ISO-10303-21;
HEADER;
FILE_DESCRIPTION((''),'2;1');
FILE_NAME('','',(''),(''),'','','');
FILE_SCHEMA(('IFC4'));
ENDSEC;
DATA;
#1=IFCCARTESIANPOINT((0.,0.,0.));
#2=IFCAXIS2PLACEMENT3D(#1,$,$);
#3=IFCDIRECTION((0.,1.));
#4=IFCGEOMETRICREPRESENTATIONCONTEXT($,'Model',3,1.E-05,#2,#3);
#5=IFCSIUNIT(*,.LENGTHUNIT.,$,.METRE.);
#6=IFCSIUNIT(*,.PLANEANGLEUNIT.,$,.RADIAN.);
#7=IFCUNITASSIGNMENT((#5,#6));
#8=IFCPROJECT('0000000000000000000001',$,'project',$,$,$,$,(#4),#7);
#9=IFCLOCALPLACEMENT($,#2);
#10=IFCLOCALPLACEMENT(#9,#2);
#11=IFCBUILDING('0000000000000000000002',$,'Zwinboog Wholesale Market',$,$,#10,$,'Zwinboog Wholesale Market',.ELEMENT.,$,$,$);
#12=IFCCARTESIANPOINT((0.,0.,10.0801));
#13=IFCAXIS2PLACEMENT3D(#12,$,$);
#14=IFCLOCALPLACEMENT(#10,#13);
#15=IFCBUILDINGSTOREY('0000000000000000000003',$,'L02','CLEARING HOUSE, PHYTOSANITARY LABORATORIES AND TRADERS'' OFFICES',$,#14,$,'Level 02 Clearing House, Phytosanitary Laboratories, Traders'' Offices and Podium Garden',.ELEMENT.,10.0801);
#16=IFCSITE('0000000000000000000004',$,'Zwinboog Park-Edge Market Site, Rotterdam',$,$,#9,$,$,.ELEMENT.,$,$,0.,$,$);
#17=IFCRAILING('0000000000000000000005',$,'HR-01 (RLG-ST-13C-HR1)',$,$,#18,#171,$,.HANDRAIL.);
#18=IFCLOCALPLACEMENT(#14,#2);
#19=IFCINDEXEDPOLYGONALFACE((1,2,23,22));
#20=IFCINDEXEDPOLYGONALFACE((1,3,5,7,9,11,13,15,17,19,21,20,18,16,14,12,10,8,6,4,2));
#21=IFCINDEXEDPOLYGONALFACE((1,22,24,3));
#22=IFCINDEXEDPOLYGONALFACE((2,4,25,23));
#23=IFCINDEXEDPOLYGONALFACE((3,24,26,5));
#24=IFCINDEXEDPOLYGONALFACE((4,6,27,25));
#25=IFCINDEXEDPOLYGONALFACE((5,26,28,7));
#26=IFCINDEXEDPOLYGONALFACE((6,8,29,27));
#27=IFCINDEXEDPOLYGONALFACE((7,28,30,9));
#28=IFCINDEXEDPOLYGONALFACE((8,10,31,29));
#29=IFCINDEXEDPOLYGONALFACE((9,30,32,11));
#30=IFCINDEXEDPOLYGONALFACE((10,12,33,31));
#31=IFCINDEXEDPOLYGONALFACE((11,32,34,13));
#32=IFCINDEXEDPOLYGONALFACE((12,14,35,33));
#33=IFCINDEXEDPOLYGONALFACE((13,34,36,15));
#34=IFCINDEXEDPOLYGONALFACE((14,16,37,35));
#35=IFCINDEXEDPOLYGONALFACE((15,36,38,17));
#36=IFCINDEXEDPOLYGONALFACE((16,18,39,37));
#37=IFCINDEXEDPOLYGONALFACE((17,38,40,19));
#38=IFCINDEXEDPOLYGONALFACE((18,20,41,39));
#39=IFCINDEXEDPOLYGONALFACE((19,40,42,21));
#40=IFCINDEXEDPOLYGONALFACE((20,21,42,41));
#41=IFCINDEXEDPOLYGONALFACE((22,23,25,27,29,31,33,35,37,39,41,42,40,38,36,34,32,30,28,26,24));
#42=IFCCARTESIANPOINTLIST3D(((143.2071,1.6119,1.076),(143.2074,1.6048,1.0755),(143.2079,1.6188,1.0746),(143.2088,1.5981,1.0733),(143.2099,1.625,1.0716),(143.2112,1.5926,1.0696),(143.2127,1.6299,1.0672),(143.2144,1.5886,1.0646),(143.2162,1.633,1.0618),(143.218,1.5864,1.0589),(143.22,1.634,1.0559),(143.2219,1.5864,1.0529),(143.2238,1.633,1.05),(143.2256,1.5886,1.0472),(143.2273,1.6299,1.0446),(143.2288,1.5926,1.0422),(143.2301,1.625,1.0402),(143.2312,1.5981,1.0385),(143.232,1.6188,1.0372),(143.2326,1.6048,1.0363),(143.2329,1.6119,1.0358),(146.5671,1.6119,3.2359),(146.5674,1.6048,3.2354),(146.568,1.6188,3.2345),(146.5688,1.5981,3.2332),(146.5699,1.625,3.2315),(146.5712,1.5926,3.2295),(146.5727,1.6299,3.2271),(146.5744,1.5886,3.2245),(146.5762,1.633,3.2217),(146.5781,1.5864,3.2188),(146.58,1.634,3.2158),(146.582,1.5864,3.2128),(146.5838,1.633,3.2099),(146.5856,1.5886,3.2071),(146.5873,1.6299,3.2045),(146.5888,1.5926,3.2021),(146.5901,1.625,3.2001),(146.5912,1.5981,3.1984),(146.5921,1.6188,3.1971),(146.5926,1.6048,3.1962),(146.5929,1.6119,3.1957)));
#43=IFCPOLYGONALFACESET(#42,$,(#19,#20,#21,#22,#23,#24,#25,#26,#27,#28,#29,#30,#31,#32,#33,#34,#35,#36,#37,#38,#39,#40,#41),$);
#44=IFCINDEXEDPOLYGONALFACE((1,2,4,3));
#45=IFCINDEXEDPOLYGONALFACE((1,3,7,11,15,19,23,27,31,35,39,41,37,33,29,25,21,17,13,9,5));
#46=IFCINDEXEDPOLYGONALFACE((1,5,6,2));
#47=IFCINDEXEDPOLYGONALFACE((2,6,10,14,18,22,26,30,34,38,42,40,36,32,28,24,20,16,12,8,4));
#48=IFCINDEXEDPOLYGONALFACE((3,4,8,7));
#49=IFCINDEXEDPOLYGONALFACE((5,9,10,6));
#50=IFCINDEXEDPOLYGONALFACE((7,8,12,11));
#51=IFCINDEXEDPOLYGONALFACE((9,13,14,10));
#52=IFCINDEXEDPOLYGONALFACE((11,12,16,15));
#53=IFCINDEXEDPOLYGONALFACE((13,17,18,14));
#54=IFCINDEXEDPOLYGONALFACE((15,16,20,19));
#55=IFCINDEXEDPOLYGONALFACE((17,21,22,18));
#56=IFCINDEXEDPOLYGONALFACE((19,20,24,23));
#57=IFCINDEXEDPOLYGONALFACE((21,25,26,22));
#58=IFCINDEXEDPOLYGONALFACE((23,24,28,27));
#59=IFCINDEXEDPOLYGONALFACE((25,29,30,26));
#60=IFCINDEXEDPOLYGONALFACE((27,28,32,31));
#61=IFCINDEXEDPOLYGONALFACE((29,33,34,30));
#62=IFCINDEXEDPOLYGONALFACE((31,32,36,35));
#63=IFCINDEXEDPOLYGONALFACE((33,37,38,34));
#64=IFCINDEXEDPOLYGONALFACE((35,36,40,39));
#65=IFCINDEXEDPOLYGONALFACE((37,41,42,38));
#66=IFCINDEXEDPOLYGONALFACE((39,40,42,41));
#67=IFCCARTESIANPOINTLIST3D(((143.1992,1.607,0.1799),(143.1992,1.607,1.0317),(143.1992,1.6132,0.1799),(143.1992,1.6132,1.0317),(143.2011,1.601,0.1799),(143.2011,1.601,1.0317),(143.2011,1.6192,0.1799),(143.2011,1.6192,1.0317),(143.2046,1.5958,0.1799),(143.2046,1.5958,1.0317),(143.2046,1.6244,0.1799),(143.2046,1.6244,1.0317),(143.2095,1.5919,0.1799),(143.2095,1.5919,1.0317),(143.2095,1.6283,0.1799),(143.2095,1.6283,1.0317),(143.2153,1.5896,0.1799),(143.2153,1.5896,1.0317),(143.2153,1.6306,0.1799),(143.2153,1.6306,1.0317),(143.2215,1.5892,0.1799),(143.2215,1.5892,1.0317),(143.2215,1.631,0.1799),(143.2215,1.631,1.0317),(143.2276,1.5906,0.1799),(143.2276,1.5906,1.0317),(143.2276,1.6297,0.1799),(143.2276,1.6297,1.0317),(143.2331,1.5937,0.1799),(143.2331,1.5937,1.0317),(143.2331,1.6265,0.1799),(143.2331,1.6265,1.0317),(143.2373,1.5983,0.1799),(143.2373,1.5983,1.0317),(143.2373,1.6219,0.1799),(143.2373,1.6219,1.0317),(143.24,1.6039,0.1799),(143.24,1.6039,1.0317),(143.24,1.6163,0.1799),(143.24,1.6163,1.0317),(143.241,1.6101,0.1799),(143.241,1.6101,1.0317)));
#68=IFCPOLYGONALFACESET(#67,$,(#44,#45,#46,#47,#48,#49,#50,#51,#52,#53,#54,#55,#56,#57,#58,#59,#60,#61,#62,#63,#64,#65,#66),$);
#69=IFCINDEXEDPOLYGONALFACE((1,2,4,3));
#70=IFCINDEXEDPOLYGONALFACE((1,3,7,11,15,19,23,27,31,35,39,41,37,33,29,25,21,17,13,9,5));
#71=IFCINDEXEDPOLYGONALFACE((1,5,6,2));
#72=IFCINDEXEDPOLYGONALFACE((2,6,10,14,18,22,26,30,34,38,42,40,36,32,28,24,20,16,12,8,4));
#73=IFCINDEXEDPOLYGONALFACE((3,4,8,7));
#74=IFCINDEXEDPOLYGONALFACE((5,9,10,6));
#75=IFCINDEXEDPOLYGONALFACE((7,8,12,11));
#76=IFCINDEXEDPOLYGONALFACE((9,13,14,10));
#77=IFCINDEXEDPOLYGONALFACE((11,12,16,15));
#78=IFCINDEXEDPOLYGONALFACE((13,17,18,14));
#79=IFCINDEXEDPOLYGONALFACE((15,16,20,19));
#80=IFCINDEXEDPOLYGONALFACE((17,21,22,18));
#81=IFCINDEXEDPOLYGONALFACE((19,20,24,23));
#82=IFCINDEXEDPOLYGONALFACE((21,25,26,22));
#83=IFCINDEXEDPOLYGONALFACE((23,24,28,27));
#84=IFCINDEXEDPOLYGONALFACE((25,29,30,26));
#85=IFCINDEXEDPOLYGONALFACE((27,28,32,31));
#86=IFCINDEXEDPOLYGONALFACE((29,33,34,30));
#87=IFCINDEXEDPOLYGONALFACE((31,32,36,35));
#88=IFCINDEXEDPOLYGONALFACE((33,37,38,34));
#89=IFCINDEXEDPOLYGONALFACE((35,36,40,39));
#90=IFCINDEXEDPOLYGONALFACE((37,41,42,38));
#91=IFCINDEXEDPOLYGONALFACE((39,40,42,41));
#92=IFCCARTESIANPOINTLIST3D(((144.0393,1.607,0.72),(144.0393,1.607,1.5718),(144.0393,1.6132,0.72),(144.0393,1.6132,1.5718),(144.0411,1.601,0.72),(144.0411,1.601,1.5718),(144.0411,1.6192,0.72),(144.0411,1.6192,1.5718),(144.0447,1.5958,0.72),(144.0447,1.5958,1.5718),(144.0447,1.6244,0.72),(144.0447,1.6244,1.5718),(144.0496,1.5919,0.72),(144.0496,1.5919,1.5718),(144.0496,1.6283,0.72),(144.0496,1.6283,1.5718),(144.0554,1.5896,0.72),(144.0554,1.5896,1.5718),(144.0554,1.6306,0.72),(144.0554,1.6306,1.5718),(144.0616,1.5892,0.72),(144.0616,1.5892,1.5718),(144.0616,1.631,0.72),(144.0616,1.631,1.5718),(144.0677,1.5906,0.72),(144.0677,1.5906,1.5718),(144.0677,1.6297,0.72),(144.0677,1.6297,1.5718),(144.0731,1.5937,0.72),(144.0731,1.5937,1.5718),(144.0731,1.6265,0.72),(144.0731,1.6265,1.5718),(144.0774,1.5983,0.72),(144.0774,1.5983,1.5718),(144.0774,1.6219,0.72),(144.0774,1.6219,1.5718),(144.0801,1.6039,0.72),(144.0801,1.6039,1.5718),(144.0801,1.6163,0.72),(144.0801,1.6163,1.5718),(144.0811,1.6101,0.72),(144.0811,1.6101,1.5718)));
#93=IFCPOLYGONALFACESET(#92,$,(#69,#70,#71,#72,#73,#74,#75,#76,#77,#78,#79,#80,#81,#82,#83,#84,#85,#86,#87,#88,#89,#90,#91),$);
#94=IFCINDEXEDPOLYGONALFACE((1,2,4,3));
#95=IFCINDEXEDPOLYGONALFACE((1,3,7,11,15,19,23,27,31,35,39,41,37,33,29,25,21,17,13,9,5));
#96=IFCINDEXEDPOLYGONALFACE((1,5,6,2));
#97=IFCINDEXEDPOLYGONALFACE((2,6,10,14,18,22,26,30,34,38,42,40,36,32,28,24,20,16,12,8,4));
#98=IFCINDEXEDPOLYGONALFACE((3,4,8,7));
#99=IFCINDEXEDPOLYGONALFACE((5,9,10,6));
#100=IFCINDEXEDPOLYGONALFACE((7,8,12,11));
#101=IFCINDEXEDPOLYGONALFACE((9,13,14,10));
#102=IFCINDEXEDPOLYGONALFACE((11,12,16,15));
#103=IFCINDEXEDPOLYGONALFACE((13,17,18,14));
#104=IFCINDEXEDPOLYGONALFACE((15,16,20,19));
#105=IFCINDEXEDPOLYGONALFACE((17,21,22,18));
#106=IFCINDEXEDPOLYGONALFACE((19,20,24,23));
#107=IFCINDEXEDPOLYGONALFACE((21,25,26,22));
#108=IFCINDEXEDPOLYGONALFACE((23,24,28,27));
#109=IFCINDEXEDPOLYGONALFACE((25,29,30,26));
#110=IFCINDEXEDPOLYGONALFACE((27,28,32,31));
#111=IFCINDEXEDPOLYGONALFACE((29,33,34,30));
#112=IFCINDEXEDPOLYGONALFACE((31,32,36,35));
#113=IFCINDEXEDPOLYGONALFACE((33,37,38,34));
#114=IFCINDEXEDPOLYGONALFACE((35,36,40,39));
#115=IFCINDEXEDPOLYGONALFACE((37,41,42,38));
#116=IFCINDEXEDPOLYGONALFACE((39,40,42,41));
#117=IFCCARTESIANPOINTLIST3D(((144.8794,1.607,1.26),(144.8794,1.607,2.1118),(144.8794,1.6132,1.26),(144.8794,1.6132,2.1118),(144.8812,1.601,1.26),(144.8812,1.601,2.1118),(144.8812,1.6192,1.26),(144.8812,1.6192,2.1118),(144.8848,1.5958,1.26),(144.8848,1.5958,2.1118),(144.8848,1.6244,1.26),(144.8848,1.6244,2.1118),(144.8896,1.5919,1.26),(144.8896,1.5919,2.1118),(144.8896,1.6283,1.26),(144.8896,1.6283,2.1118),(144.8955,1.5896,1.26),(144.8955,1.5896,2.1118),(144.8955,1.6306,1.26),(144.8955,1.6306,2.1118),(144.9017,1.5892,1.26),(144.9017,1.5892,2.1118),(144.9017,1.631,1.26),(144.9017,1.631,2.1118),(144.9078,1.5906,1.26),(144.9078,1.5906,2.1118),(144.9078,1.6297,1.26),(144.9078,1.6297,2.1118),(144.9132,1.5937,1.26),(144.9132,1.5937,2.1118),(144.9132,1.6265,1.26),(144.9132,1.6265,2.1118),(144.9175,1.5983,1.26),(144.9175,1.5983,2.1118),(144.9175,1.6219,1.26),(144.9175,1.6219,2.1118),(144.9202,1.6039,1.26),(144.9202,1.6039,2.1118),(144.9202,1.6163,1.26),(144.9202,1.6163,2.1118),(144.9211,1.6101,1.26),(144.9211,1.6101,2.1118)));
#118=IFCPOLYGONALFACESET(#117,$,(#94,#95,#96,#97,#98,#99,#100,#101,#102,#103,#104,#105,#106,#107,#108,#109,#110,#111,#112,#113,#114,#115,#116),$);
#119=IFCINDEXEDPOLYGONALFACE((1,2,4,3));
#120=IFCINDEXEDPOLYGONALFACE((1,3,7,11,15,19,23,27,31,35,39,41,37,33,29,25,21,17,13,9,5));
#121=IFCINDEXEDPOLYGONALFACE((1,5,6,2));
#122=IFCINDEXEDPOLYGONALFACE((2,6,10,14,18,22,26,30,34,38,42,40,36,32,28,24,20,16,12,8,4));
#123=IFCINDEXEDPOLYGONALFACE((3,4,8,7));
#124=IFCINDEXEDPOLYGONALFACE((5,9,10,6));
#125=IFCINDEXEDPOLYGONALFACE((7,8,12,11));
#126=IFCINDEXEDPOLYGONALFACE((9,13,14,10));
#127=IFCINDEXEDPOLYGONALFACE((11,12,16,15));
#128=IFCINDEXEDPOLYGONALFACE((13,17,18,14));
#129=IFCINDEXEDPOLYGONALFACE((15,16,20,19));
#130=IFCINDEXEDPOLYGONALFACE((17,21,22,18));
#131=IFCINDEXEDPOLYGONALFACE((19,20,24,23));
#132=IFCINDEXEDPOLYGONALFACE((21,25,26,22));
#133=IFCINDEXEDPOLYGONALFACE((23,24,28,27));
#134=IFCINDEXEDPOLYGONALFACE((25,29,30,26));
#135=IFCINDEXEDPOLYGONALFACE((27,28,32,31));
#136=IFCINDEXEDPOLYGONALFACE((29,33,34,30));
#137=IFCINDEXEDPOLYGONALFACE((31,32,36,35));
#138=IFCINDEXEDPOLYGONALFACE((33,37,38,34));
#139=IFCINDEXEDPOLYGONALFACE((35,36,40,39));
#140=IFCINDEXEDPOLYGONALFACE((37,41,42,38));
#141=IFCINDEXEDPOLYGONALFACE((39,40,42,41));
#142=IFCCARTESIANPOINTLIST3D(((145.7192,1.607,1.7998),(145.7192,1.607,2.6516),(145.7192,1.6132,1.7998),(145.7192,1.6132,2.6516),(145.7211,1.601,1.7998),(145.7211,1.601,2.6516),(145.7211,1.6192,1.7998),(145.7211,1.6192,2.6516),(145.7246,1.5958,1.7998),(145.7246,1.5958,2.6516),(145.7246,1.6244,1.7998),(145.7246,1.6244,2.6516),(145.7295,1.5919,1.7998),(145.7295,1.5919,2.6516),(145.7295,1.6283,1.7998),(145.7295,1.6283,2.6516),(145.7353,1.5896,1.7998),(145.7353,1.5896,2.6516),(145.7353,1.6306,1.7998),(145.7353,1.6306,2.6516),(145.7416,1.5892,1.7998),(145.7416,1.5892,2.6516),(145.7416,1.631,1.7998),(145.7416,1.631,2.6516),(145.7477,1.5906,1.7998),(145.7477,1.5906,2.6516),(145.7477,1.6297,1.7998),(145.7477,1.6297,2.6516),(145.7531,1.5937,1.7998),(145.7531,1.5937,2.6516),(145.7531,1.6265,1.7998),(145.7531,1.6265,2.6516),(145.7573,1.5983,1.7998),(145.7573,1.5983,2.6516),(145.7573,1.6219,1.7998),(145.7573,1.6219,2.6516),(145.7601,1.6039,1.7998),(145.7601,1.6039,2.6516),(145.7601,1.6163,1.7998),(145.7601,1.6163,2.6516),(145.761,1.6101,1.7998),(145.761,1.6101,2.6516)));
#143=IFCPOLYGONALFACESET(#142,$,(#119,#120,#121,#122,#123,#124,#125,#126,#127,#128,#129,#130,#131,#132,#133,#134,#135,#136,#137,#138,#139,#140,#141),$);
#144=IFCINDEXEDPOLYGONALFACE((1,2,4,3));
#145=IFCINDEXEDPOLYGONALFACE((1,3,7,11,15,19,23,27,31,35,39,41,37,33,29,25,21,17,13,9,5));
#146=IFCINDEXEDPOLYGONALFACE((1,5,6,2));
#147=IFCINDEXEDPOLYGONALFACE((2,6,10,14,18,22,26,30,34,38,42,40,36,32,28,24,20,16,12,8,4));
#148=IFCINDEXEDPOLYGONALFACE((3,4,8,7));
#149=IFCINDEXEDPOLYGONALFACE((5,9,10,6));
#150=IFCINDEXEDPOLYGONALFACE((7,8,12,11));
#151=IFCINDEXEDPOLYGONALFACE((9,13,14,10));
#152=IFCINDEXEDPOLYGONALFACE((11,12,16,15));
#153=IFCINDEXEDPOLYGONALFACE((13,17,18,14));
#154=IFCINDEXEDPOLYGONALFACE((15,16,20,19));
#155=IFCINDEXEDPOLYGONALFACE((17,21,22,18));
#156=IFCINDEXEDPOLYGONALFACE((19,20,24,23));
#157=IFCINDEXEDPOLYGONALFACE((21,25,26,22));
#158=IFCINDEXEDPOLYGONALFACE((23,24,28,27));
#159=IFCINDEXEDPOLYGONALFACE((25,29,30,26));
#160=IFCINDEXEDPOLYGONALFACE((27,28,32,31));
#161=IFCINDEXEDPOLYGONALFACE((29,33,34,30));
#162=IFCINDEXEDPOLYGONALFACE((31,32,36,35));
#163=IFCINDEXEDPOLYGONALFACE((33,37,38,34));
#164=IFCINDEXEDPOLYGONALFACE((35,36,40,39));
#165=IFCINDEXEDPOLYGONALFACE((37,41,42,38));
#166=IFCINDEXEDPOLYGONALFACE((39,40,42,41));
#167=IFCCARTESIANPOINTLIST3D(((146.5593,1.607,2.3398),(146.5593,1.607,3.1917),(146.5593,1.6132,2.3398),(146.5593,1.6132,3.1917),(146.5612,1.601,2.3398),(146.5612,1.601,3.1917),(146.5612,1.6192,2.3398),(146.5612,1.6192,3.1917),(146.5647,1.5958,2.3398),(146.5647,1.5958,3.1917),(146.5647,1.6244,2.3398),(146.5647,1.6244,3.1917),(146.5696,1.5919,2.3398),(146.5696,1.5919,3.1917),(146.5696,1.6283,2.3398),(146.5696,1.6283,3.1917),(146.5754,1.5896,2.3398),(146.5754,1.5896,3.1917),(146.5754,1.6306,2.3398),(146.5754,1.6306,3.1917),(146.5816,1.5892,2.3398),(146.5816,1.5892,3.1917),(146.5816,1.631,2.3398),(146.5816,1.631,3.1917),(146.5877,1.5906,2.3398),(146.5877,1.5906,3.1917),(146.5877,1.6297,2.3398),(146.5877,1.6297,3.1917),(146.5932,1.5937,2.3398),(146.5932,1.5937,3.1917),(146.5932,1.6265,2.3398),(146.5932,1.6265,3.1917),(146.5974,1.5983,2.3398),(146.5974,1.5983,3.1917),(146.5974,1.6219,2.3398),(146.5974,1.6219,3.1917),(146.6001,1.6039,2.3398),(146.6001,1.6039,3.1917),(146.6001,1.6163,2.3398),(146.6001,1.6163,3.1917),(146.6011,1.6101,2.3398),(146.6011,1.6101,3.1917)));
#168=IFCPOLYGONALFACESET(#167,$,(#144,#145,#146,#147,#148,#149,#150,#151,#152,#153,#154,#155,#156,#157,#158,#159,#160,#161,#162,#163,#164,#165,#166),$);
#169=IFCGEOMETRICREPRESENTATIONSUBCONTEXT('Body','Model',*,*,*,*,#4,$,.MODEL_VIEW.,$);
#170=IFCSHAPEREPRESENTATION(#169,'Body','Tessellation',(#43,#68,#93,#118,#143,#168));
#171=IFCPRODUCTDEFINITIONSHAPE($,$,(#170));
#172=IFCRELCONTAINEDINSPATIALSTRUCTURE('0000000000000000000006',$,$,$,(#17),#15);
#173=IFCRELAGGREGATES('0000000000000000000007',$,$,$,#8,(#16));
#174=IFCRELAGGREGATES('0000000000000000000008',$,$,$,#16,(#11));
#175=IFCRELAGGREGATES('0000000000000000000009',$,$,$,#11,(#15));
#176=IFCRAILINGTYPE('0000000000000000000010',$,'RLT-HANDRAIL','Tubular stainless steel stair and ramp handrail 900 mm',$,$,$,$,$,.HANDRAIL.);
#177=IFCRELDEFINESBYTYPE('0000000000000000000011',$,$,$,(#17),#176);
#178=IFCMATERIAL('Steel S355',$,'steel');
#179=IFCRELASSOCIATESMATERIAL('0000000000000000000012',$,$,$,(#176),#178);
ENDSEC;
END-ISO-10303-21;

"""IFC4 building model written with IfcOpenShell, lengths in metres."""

from ifc_helpers import new_model, si_unit, direction, frame, origin, origin_2d, place, context, subcontext, project, spatial, circle, extrude, material, type_object, element, save


model = new_model("IFC4")

# Units and contexts
model_context = context("Model", 3, precision=1e-05, world=origin(), true_north=direction((0.0, 1.0)))
body_context = subcontext(model_context, "Body", "Model", "MODEL_VIEW")
ifc_project = project(units=[si_unit("LENGTHUNIT", "METRE"), si_unit("PLANEANGLEUNIT", "RADIAN")], contexts=[model_context])

# Site, building, storey
site_placement = place(None, origin())
site = spatial("IfcSite", under=ifc_project, at=site_placement, Name="Zwinboog Park-Edge Market Site, Rotterdam", CompositionType="ELEMENT", RefElevation=0.0)
building_placement = place(site_placement, origin())
building = spatial("IfcBuilding", under=site, at=building_placement, Name="Zwinboog Wholesale Market", LongName="Zwinboog Wholesale Market", CompositionType="ELEMENT")
storey_placement = place(building_placement, frame((0.0, 0.0, 10.0801)))
storey = spatial("IfcBuildingStorey", under=building, at=storey_placement, Name="L02", Description="CLEARING HOUSE, PHYTOSANITARY LABORATORIES AND TRADERS' OFFICES", LongName="Level 02 Clearing House, Phytosanitary Laboratories, Traders' Offices and Podium Garden", CompositionType="ELEMENT", Elevation=10.0801)

# Shared definitions
ifc_material_1 = material(Name="Steel S355", Category="steel")

# Railing
railing_type_1 = type_object("IfcRailingType", Name="RLT-HANDRAIL", Description="Tubular stainless steel stair and ramp handrail 900 mm", PredefinedType="HANDRAIL", material=ifc_material_1)
railing_1_placement = place(storey_placement, frame((143.22, 1.6101, 0.1799)))
element("IfcRailing", 1, at=railing_1_placement, inside=storey, type_object=railing_type_1, Name="HR-01 (RLG-ST-13C-HR1)", PredefinedType="HANDRAIL", context=body_context, shape_type="SweptSolid", body=[
    extrude(circle(Radius=0.0239, at=origin_2d()), frame((0.0, 0.0, 0.876), z_axis=(0.841196, 0.0, 0.54073), x_axis=(0.0, 1.0, 0.0)), (0.0, 0.0, 1.0), 3.9944),
    extrude(circle(Radius=0.021, at=origin_2d()), origin(), (0.0, 0.0, 1.0), 0.8518),
    extrude(circle(Radius=0.021, at=origin_2d()), frame((0.8401, 0.0, 0.54)), (0.0, 0.0, 1.0), 0.8518),
    extrude(circle(Radius=0.021, at=origin_2d()), frame((1.6802, 0.0, 1.0801)), (0.0, 0.0, 1.0), 0.8518),
    extrude(circle(Radius=0.021, at=origin_2d()), frame((2.52, 0.0, 1.6199)), (0.0, 0.0, 1.0), 0.8518),
    extrude(circle(Radius=0.021, at=origin_2d()), frame((3.3601, 0.0, 2.1599)), (0.0, 0.0, 1.0), 0.8518),
])

save(model, "model.ifc")
